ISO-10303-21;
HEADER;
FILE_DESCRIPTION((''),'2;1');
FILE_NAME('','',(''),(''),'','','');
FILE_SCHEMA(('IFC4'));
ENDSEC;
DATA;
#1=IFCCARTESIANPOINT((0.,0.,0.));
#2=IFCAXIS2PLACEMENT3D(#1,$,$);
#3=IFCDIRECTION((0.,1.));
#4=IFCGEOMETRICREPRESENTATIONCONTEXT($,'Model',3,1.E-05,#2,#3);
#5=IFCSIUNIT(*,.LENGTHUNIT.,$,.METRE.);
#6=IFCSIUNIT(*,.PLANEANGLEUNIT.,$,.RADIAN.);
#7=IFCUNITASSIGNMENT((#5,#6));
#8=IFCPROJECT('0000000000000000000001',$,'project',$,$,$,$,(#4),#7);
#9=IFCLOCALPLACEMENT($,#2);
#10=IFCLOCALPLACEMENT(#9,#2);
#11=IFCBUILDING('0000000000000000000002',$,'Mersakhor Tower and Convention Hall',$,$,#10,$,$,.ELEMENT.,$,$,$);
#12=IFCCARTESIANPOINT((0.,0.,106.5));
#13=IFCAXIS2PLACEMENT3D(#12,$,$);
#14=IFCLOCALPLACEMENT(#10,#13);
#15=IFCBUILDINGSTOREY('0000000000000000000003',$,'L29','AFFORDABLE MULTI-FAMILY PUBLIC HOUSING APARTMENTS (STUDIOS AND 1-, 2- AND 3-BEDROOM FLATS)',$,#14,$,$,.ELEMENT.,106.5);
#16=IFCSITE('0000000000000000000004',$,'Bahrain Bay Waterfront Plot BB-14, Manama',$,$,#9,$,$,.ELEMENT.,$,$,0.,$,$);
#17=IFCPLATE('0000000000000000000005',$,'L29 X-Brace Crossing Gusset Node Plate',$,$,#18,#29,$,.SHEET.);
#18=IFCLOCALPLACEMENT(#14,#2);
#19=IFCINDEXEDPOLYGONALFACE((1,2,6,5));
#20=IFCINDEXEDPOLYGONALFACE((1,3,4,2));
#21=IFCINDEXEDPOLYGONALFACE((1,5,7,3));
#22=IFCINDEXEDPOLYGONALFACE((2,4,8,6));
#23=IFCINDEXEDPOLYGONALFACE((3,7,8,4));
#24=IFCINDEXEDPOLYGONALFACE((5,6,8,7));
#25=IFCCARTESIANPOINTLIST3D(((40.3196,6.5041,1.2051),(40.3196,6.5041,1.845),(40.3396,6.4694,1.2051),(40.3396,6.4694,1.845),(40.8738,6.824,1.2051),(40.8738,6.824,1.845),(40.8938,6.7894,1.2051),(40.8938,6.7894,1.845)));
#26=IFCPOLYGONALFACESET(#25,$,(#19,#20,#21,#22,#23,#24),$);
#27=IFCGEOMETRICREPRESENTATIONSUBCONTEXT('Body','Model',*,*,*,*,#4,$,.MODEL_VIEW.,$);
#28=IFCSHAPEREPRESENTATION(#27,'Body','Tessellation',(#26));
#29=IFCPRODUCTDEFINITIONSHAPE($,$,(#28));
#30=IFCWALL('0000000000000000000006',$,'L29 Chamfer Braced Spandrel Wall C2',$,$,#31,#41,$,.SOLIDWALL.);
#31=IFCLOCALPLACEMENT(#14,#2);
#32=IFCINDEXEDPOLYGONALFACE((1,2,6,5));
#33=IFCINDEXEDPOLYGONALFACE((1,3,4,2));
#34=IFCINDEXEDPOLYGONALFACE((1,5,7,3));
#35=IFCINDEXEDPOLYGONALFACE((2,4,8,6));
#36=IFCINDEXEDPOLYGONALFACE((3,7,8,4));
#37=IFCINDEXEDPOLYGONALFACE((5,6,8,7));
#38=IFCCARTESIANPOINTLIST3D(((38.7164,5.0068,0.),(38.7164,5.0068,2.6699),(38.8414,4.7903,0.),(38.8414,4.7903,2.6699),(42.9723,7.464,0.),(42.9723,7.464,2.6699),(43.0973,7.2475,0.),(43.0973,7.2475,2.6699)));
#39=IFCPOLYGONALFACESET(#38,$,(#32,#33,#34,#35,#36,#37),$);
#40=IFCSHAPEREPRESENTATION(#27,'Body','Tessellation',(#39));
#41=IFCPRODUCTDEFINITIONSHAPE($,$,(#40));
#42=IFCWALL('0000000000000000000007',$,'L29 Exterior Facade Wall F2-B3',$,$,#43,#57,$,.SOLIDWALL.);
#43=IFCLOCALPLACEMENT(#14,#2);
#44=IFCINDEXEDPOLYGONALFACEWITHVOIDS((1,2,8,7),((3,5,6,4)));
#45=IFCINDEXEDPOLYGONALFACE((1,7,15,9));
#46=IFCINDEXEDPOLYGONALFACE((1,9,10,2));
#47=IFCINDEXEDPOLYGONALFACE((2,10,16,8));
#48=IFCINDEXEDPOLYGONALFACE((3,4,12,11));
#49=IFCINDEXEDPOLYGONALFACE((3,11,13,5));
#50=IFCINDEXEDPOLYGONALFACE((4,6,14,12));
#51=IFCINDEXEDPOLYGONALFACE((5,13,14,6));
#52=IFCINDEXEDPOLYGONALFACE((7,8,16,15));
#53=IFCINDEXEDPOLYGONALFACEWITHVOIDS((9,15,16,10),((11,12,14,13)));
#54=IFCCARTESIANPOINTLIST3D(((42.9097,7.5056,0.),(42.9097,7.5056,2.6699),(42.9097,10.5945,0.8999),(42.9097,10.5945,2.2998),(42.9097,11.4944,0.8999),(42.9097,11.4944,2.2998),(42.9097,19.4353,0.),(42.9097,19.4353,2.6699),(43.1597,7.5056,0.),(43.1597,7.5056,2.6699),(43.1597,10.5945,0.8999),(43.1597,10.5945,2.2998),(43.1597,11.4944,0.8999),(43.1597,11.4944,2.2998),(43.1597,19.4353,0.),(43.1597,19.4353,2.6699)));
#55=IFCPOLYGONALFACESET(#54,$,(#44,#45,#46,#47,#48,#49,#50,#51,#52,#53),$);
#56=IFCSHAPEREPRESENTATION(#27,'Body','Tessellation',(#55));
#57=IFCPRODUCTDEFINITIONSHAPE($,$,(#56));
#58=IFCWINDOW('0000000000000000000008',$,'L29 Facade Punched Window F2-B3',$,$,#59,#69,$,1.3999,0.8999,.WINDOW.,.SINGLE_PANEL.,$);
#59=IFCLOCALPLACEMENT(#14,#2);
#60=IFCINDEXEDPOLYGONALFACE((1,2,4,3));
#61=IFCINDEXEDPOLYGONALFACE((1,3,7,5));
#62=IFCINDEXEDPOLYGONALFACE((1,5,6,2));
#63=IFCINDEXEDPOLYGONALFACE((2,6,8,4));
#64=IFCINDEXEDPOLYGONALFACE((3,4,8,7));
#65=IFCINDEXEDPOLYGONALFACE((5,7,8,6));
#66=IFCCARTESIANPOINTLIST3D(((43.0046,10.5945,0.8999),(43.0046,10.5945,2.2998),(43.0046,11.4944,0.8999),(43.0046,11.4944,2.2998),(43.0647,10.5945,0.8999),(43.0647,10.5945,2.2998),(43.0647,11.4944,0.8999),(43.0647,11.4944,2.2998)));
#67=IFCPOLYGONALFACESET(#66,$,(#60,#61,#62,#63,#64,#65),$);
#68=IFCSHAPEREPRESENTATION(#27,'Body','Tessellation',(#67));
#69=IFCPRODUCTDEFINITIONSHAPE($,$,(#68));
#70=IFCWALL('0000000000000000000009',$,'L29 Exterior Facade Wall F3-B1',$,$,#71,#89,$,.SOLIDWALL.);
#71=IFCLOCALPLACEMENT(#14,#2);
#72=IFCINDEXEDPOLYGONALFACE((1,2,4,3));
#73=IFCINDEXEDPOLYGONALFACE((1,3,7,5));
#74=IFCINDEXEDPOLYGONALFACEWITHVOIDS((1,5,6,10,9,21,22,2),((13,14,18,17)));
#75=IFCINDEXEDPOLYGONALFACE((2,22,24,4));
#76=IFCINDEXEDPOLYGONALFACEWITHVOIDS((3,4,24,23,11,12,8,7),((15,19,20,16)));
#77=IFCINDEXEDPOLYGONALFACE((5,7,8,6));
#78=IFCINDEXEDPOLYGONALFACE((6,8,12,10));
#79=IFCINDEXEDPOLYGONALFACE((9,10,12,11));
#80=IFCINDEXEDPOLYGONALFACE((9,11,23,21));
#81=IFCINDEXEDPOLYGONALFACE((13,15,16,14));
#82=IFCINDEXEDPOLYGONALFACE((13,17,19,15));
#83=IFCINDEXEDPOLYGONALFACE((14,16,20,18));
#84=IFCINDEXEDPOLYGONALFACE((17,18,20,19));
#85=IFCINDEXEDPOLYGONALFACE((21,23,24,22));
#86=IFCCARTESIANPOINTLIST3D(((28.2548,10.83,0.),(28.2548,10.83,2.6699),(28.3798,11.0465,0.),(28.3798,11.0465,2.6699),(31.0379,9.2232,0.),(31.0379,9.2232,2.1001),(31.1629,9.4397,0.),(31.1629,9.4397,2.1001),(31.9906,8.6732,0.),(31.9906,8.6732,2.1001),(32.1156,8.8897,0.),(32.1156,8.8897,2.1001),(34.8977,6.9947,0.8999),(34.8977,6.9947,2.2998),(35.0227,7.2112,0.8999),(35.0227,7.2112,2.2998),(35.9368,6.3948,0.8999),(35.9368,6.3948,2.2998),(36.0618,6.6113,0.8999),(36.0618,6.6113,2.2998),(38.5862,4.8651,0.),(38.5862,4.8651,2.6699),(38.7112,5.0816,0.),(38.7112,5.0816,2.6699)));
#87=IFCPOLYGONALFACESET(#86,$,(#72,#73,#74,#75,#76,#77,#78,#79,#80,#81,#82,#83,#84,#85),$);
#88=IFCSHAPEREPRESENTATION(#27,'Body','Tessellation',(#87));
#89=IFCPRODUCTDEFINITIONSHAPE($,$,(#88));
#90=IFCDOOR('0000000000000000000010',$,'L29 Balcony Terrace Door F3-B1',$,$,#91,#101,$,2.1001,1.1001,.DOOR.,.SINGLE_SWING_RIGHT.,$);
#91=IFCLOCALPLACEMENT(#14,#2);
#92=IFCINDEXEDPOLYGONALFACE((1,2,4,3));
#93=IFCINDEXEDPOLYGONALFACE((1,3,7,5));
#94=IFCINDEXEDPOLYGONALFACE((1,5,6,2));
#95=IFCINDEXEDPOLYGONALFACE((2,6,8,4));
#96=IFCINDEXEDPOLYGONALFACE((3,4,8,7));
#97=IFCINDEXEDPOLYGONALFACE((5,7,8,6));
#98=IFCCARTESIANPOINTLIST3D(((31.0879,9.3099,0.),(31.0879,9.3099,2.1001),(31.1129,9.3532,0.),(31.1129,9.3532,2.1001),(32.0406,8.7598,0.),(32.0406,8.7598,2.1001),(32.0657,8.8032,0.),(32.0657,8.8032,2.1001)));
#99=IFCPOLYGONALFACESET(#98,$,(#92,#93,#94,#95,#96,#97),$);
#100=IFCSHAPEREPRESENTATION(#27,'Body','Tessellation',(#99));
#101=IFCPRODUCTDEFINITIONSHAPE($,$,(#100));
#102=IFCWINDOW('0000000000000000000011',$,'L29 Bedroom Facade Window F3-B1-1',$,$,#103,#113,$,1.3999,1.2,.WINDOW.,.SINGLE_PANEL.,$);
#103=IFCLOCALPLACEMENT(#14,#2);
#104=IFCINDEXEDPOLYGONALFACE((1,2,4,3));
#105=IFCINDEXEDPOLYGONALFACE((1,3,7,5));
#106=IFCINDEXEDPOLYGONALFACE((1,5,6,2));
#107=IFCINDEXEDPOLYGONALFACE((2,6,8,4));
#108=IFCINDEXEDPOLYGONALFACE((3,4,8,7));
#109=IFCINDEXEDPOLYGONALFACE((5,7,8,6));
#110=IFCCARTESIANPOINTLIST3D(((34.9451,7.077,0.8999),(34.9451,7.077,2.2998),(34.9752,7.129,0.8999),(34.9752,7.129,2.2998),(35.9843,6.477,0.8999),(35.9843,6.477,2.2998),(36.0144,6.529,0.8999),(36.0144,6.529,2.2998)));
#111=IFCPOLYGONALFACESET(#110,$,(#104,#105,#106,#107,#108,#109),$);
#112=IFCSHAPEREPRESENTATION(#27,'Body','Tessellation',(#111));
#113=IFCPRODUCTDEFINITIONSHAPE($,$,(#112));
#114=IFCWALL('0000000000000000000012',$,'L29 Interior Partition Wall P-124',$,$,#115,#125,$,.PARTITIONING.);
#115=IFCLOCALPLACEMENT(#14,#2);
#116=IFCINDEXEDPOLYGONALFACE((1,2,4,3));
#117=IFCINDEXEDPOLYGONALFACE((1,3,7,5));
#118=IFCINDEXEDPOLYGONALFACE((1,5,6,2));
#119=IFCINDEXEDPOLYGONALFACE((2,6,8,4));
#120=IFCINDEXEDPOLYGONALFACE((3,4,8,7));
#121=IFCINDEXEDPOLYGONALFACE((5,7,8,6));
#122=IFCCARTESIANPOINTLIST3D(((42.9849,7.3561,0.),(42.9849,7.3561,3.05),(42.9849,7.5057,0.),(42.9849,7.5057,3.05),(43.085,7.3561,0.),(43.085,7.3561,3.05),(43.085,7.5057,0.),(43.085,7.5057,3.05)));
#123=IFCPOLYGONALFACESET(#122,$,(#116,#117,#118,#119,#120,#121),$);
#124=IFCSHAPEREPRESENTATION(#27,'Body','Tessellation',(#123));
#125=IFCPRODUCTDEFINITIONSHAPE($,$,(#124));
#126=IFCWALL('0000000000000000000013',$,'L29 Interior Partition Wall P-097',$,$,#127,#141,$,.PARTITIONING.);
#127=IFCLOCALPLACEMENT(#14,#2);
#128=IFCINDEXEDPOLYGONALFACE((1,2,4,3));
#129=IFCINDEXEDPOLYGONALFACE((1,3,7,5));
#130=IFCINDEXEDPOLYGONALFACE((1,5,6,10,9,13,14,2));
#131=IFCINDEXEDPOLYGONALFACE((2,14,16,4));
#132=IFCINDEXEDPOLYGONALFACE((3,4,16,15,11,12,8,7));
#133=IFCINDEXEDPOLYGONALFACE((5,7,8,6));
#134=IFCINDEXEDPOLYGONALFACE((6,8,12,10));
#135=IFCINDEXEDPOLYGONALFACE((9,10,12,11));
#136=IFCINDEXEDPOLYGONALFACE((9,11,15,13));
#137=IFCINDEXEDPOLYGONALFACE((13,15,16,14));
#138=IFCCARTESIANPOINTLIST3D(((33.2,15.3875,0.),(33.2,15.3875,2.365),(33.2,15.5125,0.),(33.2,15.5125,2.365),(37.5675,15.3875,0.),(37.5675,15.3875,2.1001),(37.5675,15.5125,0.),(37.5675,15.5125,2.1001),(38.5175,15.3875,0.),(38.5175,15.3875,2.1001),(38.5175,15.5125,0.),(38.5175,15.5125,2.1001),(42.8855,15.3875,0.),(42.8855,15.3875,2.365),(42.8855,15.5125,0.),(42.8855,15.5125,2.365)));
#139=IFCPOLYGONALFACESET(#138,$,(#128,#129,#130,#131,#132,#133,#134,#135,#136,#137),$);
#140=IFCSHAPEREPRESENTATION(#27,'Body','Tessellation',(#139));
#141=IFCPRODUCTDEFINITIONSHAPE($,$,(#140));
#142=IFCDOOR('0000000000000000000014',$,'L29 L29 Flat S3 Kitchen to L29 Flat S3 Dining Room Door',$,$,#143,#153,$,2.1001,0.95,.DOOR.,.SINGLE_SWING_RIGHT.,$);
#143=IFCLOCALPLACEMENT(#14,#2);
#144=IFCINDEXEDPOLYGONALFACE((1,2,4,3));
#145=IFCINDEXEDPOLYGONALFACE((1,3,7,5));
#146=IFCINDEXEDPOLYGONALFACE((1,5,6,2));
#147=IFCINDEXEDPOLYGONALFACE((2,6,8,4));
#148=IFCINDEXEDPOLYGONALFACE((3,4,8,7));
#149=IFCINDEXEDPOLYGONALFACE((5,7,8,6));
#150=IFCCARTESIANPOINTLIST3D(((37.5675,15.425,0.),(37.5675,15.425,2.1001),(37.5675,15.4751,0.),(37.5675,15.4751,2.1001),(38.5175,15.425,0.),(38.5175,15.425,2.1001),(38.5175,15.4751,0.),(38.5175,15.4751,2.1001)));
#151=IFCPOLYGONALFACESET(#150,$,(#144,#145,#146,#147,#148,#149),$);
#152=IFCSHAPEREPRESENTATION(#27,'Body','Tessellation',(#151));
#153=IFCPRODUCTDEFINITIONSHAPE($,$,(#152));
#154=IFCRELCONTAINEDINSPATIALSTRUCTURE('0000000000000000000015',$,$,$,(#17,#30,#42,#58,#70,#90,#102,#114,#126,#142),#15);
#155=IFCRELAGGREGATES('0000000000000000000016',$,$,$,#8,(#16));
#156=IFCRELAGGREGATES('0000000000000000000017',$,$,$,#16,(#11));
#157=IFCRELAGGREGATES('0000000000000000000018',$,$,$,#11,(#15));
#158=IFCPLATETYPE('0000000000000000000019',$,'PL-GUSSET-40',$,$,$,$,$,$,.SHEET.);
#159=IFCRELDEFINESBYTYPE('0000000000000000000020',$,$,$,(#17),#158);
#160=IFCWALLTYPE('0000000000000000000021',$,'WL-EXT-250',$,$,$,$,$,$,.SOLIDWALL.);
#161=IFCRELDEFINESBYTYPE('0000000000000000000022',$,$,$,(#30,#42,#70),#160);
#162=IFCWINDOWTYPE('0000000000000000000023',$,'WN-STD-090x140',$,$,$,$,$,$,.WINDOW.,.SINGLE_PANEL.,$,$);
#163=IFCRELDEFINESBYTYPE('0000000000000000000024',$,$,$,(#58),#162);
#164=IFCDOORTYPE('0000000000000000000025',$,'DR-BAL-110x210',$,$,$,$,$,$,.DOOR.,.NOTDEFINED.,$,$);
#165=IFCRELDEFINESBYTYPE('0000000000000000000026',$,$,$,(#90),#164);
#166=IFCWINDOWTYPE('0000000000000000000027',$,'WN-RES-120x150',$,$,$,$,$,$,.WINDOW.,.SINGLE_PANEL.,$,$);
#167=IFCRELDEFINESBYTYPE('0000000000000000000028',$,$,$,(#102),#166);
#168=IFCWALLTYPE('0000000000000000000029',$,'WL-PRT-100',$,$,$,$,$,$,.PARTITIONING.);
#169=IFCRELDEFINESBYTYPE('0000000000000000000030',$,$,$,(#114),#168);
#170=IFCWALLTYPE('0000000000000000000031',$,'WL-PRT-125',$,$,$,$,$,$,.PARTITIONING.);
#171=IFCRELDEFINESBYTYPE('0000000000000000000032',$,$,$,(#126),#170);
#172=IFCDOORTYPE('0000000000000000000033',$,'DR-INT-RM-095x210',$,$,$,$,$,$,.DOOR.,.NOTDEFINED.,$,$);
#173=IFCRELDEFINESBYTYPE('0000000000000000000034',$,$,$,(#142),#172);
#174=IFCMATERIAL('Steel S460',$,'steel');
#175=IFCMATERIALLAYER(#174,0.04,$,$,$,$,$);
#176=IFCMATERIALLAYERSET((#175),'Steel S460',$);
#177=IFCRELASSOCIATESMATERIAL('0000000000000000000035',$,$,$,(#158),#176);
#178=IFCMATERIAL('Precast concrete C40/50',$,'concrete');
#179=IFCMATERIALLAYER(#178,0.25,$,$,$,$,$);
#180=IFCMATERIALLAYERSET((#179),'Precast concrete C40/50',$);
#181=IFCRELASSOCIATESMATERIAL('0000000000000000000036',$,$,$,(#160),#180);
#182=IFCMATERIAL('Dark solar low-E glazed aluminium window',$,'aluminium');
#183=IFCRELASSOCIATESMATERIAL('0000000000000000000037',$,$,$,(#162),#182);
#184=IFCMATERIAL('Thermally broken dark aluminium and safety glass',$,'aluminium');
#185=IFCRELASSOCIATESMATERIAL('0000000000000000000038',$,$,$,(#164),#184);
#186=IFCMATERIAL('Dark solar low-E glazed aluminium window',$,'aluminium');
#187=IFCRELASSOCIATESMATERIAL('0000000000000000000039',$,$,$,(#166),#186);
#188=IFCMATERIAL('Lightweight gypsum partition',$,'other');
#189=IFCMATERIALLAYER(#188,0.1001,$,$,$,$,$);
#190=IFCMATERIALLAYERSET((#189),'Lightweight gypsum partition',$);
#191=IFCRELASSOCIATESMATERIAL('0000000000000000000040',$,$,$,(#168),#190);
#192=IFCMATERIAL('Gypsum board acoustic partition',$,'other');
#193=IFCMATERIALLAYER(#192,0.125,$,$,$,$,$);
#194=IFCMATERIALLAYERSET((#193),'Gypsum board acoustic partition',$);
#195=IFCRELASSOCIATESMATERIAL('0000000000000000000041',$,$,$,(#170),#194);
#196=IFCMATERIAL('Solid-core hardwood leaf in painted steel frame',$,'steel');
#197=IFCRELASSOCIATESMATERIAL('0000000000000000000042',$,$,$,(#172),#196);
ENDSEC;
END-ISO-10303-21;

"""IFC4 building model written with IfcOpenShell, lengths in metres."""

from ifc_helpers import new_model, si_unit, direction, frame, frame_2d, origin, origin_2d, place, context, subcontext, project, spatial, rectangle, extrude, material, layer, layer_set, type_object, element, fill, save


model = new_model("IFC4")

# Units and contexts
model_context = context("Model", 3, precision=1e-05, world=origin(), true_north=direction((0.0, 1.0)))
body_context = subcontext(model_context, "Body", "Model", "MODEL_VIEW")
ifc_project = project(units=[si_unit("LENGTHUNIT", "METRE"), si_unit("PLANEANGLEUNIT", "RADIAN")], contexts=[model_context])

# Site, building, storey
site_placement = place(None, origin())
site = spatial("IfcSite", under=ifc_project, at=site_placement, Name="Bahrain Bay Waterfront Plot BB-14, Manama", CompositionType="ELEMENT", RefElevation=0.0)
building_placement = place(site_placement, origin())
building = spatial("IfcBuilding", under=site, at=building_placement, Name="Mersakhor Tower and Convention Hall", CompositionType="ELEMENT")
storey_placement = place(building_placement, frame((0.0, 0.0, 106.5)))
storey = spatial("IfcBuildingStorey", under=building, at=storey_placement, Name="L29", Description="AFFORDABLE MULTI-FAMILY PUBLIC HOUSING APARTMENTS (STUDIOS AND 1-, 2- AND 3-BEDROOM FLATS)", CompositionType="ELEMENT", Elevation=106.5)

# Plate
ifc_material_1 = material(Name="Steel S460", Category="steel")
ifc_layer_1 = layer(ifc_material_1, 0.04)
ifc_layer_set_1 = layer_set([ifc_layer_1], Name="Steel S460")
plate_type_1 = type_object("IfcPlateType", Name="PL-GUSSET-40", PredefinedType="SHEET", material=ifc_layer_set_1)
plate_1_placement = place(storey_placement, frame((40.6067, 6.6467, 1.2051), z_axis=(0.0, 0.0, 1.0), x_axis=(0.866025, 0.5, 0.0)))
element("IfcPlate", 1, at=plate_1_placement, inside=storey, type_object=plate_type_1, Name="L29 X-Brace Crossing Gusset Node Plate", PredefinedType="SHEET", context=body_context, shape_type="SweptSolid", body=[
    extrude(rectangle(XDim=0.6399, YDim=0.04, at=origin_2d()), origin(), (0.0, 0.0, 1.0), 0.6399),
])

# Wall
ifc_material_2 = material(Name="Precast concrete C40/50", Category="concrete")
ifc_layer_2 = layer(ifc_material_2, 0.25)
ifc_layer_set_2 = layer_set([ifc_layer_2], Name="Precast concrete C40/50")
wall_type_1 = type_object("IfcWallType", Name="WL-EXT-250", PredefinedType="SOLIDWALL", material=ifc_layer_set_2)
wall_1_placement = place(storey_placement, frame((43.0347, 7.3557, 0.0), z_axis=(0.0, 0.0, 1.0), x_axis=(-0.866012, -0.500023, 0.0)))
element("IfcWall", 2, at=wall_1_placement, inside=storey, type_object=wall_type_1, Name="L29 Chamfer Braced Spandrel Wall C2", PredefinedType="SOLIDWALL", context=body_context, shape_type="SweptSolid", body=[
    extrude(rectangle(XDim=4.9143, YDim=0.25, at=frame_2d((2.457, 0.0))), origin(), (0.0, 0.0, 1.0), 2.6699),
])

# Wall, opening, window
wall_2_placement = place(storey_placement, frame((43.0347, 19.4353, 0.0), z_axis=(0.0, 0.0, 1.0), x_axis=(0.0, -1.0, 0.0)))
wall_2 = element("IfcWall", 3, at=wall_2_placement, inside=storey, type_object=wall_type_1, Name="L29 Exterior Facade Wall F2-B3", PredefinedType="SOLIDWALL", context=body_context, shape_type="SweptSolid", body=[
    extrude(rectangle(XDim=11.9297, YDim=0.25, at=frame_2d((5.9648, 0.0))), origin(), (0.0, 0.0, 1.0), 2.6699),
])
opening_1_placement = place(wall_2_placement, frame((7.9409, 0.0, 0.8999)))
opening_1 = element("IfcOpeningElement", 4, at=opening_1_placement, cuts=wall_2, PredefinedType="OPENING", context=body_context, shape_type="SweptSolid", body=[
    extrude(rectangle(XDim=0.8999, YDim=1.3999, at=frame_2d((0.45, 0.7))), frame((0.0, 0.135, 0.0), z_axis=(0.0, -1.0, 0.0), x_axis=(1.0, 0.0, 0.0)), (0.0, 0.0, 1.0), 0.27),
])
ifc_material_3 = material(Name="Dark solar low-E glazed aluminium window", Category="aluminium")
window_type_1 = type_object("IfcWindowType", Name="WN-STD-090x140", PartitioningType="SINGLE_PANEL", PredefinedType="WINDOW", material=ifc_material_3)
window_1_placement = place(opening_1_placement, origin())
window_1 = element("IfcWindow", 5, at=window_1_placement, inside=storey, type_object=window_type_1, Name="L29 Facade Punched Window F2-B3", OverallHeight=1.3999, OverallWidth=0.8999, PartitioningType="SINGLE_PANEL", PredefinedType="WINDOW", context=body_context, shape_type="SweptSolid", body=[
    extrude(rectangle(XDim=0.8999, YDim=1.3999, at=frame_2d((0.45, 0.7))), frame((0.0, 0.03, 0.0), z_axis=(0.0, -1.0, 0.0), x_axis=(1.0, 0.0, 0.0)), (0.0, 0.0, 1.0), 0.0601),
])
fill(opening_1, window_1)

# Wall, openings, door, window
wall_3_placement = place(storey_placement, frame((38.6487, 4.9734, 0.0), z_axis=(0.0, 0.0, 1.0), x_axis=(-0.866023, 0.500004, 0.0)))
wall_3 = element("IfcWall", 6, at=wall_3_placement, inside=storey, type_object=wall_type_1, Name="L29 Exterior Facade Wall F3-B1", PredefinedType="SOLIDWALL", context=body_context, shape_type="SweptSolid", body=[
    extrude(rectangle(XDim=11.9297, YDim=0.25, at=frame_2d((5.9648, 0.0))), origin(), (0.0, 0.0, 1.0), 2.6699),
])
opening_2_placement = place(wall_3_placement, frame((7.616, 0.0, 0.0)))
opening_2 = element("IfcOpeningElement", 7, at=opening_2_placement, cuts=wall_3, PredefinedType="OPENING", context=body_context, shape_type="SweptSolid", body=[
    extrude(rectangle(XDim=1.1001, YDim=2.1001, at=frame_2d((0.55, 1.05))), frame((0.0, 0.135, 0.0), z_axis=(0.0, -1.0, 0.0), x_axis=(1.0, 0.0, 0.0)), (0.0, 0.0, 1.0), 0.27),
])
opening_3_placement = place(wall_3_placement, frame((3.0591, 0.0, 0.8999)))
opening_3 = element("IfcOpeningElement", 8, at=opening_3_placement, cuts=wall_3, PredefinedType="OPENING", context=body_context, shape_type="SweptSolid", body=[
    extrude(rectangle(XDim=1.2, YDim=1.3999, at=frame_2d((0.6001, 0.7))), frame((0.0, 0.135, 0.0), z_axis=(0.0, -1.0, 0.0), x_axis=(1.0, 0.0, 0.0)), (0.0, 0.0, 1.0), 0.27),
])
ifc_material_4 = material(Name="Thermally broken dark aluminium and safety glass", Category="aluminium")
door_type_1 = type_object("IfcDoorType", Name="DR-BAL-110x210", OperationType="NOTDEFINED", PredefinedType="DOOR", material=ifc_material_4)
door_1_placement = place(opening_2_placement, origin())
door_1 = element("IfcDoor", 9, at=door_1_placement, inside=storey, type_object=door_type_1, Name="L29 Balcony Terrace Door F3-B1", OperationType="SINGLE_SWING_RIGHT", OverallHeight=2.1001, OverallWidth=1.1001, PredefinedType="DOOR", context=body_context, shape_type="SweptSolid", body=[
    extrude(rectangle(XDim=1.1001, YDim=2.1001, at=frame_2d((0.55, 1.05))), frame((0.0, 0.0249, 0.0), z_axis=(0.0, -1.0, 0.0), x_axis=(1.0, 0.0, 0.0)), (0.0, 0.0, 1.0), 0.05),
])
fill(opening_2, door_1)
ifc_material_5 = material(Name="Dark solar low-E glazed aluminium window", Category="aluminium")
window_type_2 = type_object("IfcWindowType", Name="WN-RES-120x150", PartitioningType="SINGLE_PANEL", PredefinedType="WINDOW", material=ifc_material_5)
window_2_placement = place(opening_3_placement, origin())
window_2 = element("IfcWindow", 10, at=window_2_placement, inside=storey, type_object=window_type_2, Name="L29 Bedroom Facade Window F3-B1-1", OverallHeight=1.3999, OverallWidth=1.2, PartitioningType="SINGLE_PANEL", PredefinedType="WINDOW", context=body_context, shape_type="SweptSolid", body=[
    extrude(rectangle(XDim=1.2, YDim=1.3999, at=frame_2d((0.6001, 0.7))), frame((0.0, 0.03, 0.0), z_axis=(0.0, -1.0, 0.0), x_axis=(1.0, 0.0, 0.0)), (0.0, 0.0, 1.0), 0.0601),
])
fill(opening_3, window_2)

# Wall
ifc_material_6 = material(Name="Lightweight gypsum partition", Category="other")
ifc_layer_3 = layer(ifc_material_6, 0.1001)
ifc_layer_set_3 = layer_set([ifc_layer_3], Name="Lightweight gypsum partition")
wall_type_2 = type_object("IfcWallType", Name="WL-PRT-100", PredefinedType="PARTITIONING", material=ifc_layer_set_3)
wall_4_placement = place(storey_placement, frame((43.0349, 7.5056, 0.0), z_axis=(0.0, 0.0, 1.0), x_axis=(0.0, -1.0, 0.0)))
element("IfcWall", 11, at=wall_4_placement, inside=storey, type_object=wall_type_2, Name="L29 Interior Partition Wall P-124", PredefinedType="PARTITIONING", context=body_context, shape_type="SweptSolid", body=[
    extrude(rectangle(XDim=0.1497, YDim=0.1001, at=frame_2d((0.0747, 0.0))), origin(), (0.0, 0.0, 1.0), 3.05),
])

# Wall, opening, door
ifc_material_7 = material(Name="Gypsum board acoustic partition", Category="other")
ifc_layer_4 = layer(ifc_material_7, 0.125)
ifc_layer_set_4 = layer_set([ifc_layer_4], Name="Gypsum board acoustic partition")
wall_type_3 = type_object("IfcWallType", Name="WL-PRT-125", PredefinedType="PARTITIONING", material=ifc_layer_set_4)
wall_5_placement = place(storey_placement, frame((42.8855, 15.45, 0.0), z_axis=(0.0, 0.0, 1.0), x_axis=(-1.0, 0.0, 0.0)))
wall_5 = element("IfcWall", 12, at=wall_5_placement, inside=storey, type_object=wall_type_3, Name="L29 Interior Partition Wall P-097", PredefinedType="PARTITIONING", context=body_context, shape_type="SweptSolid", body=[
    extrude(rectangle(XDim=9.6855, YDim=0.125, at=frame_2d((4.8428, 0.0))), origin(), (0.0, 0.0, 1.0), 2.365),
])
opening_4_placement = place(wall_5_placement, frame((4.3679, 0.0, 0.0)))
opening_4 = element("IfcOpeningElement", 13, at=opening_4_placement, cuts=wall_5, PredefinedType="OPENING", context=body_context, shape_type="SweptSolid", body=[
    extrude(rectangle(XDim=0.95, YDim=2.1001, at=frame_2d((0.4751, 1.05))), frame((0.0, 0.0725, 0.0), z_axis=(0.0, -1.0, 0.0), x_axis=(1.0, 0.0, 0.0)), (0.0, 0.0, 1.0), 0.145),
])
ifc_material_8 = material(Name="Solid-core hardwood leaf in painted steel frame", Category="steel")
door_type_2 = type_object("IfcDoorType", Name="DR-INT-RM-095x210", OperationType="NOTDEFINED", PredefinedType="DOOR", material=ifc_material_8)
door_2_placement = place(opening_4_placement, origin())
door_2 = element("IfcDoor", 14, at=door_2_placement, inside=storey, type_object=door_type_2, Name="L29 L29 Flat S3 Kitchen to L29 Flat S3 Dining Room Door", OperationType="SINGLE_SWING_RIGHT", OverallHeight=2.1001, OverallWidth=0.95, PredefinedType="DOOR", context=body_context, shape_type="SweptSolid", body=[
    extrude(rectangle(XDim=0.95, YDim=2.1001, at=frame_2d((0.4751, 1.05))), frame((0.0, 0.0249, 0.0), z_axis=(0.0, -1.0, 0.0), x_axis=(1.0, 0.0, 0.0)), (0.0, 0.0, 1.0), 0.05),
])
fill(opening_4, door_2)

save(model, "model.ifc")
